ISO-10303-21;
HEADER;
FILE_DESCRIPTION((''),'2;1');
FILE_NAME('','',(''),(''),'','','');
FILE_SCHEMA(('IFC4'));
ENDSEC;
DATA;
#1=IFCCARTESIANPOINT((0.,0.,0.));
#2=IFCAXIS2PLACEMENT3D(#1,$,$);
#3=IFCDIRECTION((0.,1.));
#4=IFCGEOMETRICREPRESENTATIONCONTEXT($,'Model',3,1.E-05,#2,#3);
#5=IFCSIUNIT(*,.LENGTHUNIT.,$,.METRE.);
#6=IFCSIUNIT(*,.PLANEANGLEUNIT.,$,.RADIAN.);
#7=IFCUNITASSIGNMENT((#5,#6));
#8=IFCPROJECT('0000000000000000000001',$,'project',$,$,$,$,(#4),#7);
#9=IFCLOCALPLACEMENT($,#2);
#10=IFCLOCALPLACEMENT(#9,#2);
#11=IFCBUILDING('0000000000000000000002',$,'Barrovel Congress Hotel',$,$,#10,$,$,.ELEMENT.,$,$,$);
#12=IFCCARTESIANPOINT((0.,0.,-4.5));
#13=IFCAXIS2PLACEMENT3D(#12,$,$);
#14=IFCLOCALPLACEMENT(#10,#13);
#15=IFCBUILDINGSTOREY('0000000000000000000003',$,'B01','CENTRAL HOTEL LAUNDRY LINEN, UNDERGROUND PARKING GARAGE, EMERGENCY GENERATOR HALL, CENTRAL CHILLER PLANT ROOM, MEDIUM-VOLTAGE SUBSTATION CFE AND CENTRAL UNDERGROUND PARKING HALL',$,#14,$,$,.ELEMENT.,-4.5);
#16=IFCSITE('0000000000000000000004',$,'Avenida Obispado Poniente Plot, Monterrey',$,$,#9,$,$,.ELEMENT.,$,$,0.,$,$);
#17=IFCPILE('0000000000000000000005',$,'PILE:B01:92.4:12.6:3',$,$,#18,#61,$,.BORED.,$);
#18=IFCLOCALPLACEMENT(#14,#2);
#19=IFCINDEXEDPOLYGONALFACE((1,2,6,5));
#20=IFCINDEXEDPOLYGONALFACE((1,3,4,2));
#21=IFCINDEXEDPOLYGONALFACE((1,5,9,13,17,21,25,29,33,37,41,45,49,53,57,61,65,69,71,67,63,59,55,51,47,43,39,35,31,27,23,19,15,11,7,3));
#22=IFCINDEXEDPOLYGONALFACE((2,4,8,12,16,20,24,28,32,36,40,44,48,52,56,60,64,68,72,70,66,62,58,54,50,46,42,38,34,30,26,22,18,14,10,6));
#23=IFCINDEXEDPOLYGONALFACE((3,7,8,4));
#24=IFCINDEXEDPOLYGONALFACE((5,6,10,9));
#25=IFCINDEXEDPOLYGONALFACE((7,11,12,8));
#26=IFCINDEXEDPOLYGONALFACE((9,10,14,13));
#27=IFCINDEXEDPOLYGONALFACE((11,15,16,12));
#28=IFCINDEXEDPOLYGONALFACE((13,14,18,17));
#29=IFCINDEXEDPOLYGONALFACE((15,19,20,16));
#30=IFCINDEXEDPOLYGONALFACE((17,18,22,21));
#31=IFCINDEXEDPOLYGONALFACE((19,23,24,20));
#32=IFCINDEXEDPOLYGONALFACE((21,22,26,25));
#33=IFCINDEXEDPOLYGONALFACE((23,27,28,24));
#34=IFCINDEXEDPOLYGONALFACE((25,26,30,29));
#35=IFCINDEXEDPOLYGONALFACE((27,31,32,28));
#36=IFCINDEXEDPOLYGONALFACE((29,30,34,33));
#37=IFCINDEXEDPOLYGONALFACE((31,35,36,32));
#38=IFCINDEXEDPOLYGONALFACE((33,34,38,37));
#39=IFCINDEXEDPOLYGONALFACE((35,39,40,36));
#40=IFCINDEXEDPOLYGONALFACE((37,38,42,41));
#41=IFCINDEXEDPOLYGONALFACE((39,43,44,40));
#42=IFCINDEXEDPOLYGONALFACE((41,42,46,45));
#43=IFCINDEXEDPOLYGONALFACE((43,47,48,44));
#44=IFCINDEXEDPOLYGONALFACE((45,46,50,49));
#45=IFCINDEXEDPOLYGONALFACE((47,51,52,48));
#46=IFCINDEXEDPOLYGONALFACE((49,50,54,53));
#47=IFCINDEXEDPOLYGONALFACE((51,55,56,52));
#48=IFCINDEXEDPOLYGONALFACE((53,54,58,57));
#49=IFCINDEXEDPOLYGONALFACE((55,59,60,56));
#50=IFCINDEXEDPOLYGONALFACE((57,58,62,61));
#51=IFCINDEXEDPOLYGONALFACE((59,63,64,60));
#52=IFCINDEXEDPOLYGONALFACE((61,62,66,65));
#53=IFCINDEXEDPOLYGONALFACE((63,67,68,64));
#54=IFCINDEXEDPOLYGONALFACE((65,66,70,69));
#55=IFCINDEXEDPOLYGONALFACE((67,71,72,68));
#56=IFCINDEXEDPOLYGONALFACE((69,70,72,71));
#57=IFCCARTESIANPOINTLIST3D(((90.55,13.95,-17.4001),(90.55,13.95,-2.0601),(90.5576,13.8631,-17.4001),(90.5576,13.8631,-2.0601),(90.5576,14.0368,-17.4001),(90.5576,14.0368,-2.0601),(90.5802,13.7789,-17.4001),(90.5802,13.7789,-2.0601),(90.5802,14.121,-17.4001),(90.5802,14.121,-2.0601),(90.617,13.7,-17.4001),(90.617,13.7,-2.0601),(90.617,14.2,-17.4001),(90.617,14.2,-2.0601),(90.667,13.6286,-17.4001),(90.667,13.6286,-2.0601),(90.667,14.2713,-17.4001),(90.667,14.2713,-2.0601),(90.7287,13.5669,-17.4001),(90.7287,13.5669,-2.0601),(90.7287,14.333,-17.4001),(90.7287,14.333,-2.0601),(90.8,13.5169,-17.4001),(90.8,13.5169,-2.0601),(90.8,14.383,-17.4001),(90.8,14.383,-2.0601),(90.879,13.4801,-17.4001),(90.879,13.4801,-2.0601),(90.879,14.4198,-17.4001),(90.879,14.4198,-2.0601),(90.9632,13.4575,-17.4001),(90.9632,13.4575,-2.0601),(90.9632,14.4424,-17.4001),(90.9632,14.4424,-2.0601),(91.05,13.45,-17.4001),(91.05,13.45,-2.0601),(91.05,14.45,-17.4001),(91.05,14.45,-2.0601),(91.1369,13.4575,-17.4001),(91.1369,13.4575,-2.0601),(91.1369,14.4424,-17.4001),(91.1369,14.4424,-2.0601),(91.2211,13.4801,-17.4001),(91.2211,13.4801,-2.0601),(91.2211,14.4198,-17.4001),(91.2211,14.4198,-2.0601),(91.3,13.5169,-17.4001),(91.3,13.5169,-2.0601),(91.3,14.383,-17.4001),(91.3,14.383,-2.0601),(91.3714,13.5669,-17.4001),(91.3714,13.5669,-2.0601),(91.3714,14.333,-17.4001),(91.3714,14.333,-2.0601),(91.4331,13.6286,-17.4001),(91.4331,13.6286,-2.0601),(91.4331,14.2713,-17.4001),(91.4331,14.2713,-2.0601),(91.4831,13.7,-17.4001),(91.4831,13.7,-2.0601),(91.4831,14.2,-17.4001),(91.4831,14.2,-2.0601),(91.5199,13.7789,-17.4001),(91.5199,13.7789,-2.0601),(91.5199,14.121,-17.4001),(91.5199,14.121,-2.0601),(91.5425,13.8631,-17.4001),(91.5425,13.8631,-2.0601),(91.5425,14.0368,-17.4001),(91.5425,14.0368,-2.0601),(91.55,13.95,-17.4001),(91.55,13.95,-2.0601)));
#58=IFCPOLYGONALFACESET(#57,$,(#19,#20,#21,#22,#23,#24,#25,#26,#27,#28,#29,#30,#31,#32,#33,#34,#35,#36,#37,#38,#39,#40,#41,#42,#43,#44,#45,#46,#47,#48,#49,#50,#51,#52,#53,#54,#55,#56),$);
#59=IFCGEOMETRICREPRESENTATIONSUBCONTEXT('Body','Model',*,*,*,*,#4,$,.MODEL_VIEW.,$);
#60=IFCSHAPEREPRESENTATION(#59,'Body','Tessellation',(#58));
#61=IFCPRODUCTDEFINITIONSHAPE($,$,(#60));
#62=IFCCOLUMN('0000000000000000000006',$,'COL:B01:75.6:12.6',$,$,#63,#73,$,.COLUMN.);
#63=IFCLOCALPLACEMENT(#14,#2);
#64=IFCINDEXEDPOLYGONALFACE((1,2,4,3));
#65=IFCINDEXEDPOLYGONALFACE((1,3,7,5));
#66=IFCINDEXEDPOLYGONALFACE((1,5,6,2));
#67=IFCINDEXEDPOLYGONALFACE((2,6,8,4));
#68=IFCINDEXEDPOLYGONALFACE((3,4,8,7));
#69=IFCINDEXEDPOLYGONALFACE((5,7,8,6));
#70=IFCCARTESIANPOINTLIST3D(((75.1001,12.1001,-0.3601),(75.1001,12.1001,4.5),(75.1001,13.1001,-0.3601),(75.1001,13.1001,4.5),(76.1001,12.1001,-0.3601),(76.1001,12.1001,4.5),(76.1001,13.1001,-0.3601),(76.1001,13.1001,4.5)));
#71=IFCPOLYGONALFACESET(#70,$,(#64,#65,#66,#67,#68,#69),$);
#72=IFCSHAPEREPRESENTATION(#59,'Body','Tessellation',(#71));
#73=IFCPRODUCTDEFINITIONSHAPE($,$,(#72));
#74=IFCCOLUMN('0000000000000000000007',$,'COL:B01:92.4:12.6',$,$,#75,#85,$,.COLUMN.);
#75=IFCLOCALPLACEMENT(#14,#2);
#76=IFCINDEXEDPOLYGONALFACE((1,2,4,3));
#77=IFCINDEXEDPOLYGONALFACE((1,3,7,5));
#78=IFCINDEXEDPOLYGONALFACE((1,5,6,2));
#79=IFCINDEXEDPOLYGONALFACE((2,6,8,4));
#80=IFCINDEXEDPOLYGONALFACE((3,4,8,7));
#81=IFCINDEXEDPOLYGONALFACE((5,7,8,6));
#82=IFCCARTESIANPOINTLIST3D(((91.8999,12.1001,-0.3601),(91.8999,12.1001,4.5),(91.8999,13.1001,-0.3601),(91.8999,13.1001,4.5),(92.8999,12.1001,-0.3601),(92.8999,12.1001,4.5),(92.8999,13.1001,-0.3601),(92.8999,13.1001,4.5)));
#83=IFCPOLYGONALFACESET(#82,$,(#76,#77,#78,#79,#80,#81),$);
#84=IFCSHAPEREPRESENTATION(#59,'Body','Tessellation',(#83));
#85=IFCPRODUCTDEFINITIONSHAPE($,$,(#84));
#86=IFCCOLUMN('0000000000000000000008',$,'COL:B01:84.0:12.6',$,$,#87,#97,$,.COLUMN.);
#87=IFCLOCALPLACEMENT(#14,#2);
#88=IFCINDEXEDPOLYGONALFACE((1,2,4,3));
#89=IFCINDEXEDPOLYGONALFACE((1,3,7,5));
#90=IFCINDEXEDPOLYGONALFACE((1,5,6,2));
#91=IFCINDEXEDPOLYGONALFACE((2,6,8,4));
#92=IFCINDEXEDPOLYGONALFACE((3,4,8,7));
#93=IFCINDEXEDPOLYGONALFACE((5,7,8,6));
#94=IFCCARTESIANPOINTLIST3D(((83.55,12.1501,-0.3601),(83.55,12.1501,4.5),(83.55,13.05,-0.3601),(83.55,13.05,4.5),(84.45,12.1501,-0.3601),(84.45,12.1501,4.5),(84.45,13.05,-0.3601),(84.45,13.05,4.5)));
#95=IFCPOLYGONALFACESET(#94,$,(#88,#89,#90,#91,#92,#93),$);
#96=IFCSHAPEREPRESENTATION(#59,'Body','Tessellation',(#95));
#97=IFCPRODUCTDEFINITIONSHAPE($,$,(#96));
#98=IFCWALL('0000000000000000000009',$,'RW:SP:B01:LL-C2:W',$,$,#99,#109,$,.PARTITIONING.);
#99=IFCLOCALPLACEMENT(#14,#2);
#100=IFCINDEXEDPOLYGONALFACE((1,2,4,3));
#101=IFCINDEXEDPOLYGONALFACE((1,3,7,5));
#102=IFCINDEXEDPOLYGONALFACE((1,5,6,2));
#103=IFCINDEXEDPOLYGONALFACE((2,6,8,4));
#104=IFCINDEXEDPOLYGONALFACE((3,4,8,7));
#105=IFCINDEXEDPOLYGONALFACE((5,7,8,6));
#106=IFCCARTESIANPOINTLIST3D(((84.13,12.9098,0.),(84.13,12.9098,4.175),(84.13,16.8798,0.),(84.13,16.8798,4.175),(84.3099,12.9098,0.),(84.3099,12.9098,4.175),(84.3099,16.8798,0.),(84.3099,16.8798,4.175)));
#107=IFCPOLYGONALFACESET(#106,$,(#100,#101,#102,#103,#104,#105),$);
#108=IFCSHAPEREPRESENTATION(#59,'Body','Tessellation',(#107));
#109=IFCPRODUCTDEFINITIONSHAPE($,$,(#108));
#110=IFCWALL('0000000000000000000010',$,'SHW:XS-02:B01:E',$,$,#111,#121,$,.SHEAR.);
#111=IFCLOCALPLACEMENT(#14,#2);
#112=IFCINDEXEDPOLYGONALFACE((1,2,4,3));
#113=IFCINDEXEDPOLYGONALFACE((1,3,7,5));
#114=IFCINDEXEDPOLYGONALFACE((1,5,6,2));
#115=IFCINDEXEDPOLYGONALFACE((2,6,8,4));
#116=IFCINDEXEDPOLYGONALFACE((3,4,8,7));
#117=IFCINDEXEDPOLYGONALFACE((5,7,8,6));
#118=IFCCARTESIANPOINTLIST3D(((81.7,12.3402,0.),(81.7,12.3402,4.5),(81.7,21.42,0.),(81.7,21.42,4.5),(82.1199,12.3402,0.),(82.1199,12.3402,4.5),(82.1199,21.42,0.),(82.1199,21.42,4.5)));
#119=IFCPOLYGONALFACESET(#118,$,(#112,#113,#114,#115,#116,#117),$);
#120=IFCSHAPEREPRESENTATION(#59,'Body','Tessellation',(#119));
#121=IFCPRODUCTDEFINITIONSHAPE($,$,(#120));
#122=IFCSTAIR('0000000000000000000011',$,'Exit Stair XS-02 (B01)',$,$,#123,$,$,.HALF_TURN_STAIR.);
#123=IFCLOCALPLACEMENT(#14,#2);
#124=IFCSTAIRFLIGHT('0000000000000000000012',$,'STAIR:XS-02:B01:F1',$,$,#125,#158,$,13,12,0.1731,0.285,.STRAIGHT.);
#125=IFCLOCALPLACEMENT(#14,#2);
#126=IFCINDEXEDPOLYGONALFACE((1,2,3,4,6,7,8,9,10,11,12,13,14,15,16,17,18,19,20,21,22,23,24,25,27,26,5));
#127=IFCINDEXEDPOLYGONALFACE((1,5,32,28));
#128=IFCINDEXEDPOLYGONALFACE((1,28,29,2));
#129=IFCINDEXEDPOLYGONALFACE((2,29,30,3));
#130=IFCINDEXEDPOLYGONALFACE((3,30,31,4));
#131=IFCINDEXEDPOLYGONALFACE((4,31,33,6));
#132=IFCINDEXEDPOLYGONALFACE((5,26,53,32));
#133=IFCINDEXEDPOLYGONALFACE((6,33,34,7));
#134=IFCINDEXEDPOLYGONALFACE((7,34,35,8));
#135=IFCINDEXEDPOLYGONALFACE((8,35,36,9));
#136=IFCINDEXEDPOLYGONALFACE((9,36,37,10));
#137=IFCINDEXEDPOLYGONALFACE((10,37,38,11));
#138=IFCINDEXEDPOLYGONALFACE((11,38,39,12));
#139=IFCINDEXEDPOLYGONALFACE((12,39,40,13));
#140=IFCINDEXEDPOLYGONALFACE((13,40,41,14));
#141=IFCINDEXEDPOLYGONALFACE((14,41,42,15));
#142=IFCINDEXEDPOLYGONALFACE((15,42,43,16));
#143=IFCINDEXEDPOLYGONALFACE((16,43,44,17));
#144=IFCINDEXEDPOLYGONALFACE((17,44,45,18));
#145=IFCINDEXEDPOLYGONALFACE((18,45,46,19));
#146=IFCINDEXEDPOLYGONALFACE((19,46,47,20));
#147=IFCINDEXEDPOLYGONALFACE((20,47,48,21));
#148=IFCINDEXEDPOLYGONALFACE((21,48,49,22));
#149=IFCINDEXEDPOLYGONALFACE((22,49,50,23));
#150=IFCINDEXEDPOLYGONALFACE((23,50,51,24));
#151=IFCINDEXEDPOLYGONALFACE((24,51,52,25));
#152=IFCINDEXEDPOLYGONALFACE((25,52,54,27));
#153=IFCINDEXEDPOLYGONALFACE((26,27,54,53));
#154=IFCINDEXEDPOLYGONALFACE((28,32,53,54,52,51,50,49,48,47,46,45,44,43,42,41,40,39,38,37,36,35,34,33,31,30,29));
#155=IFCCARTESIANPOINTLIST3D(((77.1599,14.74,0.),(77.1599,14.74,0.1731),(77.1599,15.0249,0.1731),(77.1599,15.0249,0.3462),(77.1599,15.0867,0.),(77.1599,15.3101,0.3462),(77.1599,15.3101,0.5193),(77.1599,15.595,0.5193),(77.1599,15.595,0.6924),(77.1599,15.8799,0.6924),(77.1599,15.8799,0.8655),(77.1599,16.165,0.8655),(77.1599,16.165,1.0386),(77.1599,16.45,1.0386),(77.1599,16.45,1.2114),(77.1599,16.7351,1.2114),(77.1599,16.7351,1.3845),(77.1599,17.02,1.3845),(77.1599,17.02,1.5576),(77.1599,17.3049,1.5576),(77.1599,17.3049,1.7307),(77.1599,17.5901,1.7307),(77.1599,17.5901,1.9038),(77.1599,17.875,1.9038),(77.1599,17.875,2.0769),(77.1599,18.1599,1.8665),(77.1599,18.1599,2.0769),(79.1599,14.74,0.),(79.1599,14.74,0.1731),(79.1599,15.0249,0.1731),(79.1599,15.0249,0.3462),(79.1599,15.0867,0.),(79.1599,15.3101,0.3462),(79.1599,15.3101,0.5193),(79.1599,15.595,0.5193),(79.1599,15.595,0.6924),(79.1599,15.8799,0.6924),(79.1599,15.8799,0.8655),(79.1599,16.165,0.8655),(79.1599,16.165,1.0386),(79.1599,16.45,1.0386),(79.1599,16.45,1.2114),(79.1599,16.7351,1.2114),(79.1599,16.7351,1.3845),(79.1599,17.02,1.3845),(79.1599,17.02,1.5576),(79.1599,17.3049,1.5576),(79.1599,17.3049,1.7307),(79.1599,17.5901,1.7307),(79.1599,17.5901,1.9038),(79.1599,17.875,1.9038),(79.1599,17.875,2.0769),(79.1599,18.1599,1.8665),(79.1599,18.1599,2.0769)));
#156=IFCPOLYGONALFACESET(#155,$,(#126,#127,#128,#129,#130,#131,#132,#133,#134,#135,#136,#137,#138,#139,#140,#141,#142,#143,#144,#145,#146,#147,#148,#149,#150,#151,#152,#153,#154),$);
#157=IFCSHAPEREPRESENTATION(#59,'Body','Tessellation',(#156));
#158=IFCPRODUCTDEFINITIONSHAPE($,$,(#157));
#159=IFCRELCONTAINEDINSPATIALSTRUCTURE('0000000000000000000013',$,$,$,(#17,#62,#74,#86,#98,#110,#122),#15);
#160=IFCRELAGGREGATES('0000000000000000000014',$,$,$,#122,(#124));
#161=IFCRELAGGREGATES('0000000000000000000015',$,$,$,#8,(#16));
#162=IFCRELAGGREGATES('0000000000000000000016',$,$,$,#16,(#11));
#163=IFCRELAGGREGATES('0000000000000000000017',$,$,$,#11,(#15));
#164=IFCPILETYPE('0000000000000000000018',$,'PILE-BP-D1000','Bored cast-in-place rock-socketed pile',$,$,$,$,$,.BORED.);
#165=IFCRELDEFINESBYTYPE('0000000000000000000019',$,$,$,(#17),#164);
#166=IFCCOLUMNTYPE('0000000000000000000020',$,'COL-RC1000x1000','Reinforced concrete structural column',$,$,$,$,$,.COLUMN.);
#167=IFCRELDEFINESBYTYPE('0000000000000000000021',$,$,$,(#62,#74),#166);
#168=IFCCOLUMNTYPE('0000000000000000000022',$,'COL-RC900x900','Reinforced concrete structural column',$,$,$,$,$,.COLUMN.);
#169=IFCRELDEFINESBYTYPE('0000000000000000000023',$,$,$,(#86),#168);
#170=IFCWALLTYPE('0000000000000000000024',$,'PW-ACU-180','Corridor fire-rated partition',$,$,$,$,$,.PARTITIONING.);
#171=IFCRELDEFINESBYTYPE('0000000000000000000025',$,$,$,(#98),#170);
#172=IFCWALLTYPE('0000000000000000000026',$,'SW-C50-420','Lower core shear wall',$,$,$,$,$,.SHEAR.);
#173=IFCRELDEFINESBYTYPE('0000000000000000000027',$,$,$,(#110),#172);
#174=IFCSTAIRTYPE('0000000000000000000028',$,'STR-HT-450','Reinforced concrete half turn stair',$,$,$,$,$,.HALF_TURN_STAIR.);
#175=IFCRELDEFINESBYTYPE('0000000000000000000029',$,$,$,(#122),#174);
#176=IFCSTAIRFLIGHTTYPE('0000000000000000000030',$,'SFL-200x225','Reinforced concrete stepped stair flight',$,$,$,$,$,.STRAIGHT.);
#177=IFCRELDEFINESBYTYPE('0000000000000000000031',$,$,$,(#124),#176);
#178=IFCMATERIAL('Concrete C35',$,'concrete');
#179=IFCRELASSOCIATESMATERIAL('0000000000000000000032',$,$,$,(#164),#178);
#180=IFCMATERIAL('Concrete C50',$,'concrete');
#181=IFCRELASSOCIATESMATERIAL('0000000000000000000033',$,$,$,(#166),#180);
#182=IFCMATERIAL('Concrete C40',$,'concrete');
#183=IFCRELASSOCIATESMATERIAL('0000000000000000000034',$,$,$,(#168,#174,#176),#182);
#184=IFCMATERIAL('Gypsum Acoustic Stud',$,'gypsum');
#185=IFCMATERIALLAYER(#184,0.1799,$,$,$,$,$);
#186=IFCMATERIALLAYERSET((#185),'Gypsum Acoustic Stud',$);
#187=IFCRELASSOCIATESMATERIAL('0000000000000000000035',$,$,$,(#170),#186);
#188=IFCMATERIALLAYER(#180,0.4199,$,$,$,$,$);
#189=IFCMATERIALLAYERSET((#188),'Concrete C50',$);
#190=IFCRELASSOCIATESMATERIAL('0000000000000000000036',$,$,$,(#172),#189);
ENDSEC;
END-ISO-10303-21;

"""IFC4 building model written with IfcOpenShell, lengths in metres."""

from ifc_helpers import new_model, si_unit, direction, frame, frame_2d, origin, origin_2d, place, context, subcontext, project, spatial, polyline, rectangle, circle, outline, extrude, material, layer, layer_set, material_profile, profile_set, type_object, element, aggregate, save


model = new_model("IFC4")

# Units and contexts
model_context = context("Model", 3, precision=1e-05, world=origin(), true_north=direction((0.0, 1.0)))
body_context = subcontext(model_context, "Body", "Model", "MODEL_VIEW")
ifc_project = project(units=[si_unit("LENGTHUNIT", "METRE"), si_unit("PLANEANGLEUNIT", "RADIAN")], contexts=[model_context])

# Site, building, storey
site_placement = place(None, origin())
site = spatial("IfcSite", under=ifc_project, at=site_placement, Name="Avenida Obispado Poniente Plot, Monterrey", CompositionType="ELEMENT", RefElevation=0.0)
building_placement = place(site_placement, origin())
building = spatial("IfcBuilding", under=site, at=building_placement, Name="Barrovel Congress Hotel", CompositionType="ELEMENT")
storey_placement = place(building_placement, frame((0.0, 0.0, -4.5)))
storey = spatial("IfcBuildingStorey", under=building, at=storey_placement, Name="B01", Description="CENTRAL HOTEL LAUNDRY LINEN, UNDERGROUND PARKING GARAGE, EMERGENCY GENERATOR HALL, CENTRAL CHILLER PLANT ROOM, MEDIUM-VOLTAGE SUBSTATION CFE AND CENTRAL UNDERGROUND PARKING HALL", CompositionType="ELEMENT", Elevation=-4.5)

# Shared definitions
ifc_material_1 = material(Name="Concrete C40", Category="concrete")

# Pile
ifc_material_2 = material(Name="Concrete C35", Category="concrete")
ifc_material_profile_1 = material_profile(ifc_material_2, circle(Radius=0.5, at=origin_2d()), Name="BP-D1000")
ifc_profile_set_1 = profile_set([ifc_material_profile_1], Name="Concrete C35")
pile_type = type_object("IfcPileType", Name="PILE-BP-D1000", Description="Bored cast-in-place rock-socketed pile", PredefinedType="BORED", material=ifc_profile_set_1)
for number, where, z_axis, x_axis, name in (
    (1, (91.05, 13.95, -2.0601), (0.0, 0.0, -1.0), (1.0, 0.0, 0.0), "PILE:B01:92.4:12.6:3"),
):
    element("IfcPile", number, at=place(storey_placement, frame(where, z_axis=z_axis, x_axis=x_axis)), inside=storey, type_object=pile_type, Name=name, PredefinedType="BORED", context=body_context, shape_type="SweptSolid", body=[
        extrude(circle(Radius=0.5, at=origin_2d()), origin(), (0.0, 0.0, 1.0), 15.3401),
    ])

# Columns
ifc_material_3 = material(Name="Concrete C50", Category="concrete")
ifc_material_profile_2 = material_profile(ifc_material_3, rectangle(XDim=1.0, YDim=1.0, at=origin_2d()), Name="RC1000x1000")
ifc_profile_set_2 = profile_set([ifc_material_profile_2], Name="Concrete C50")
column_type_1 = type_object("IfcColumnType", Name="COL-RC1000x1000", Description="Reinforced concrete structural column", PredefinedType="COLUMN", material=ifc_profile_set_2)
for number, where, z_axis, x_axis, name in (
    (2, (75.6001, 12.6001, -0.3601), (0.0, 0.0, 1.0), (1.0, 0.0, 0.0), "COL:B01:75.6:12.6"),
    (3, (92.3999, 12.6001, -0.3601), (0.0, 0.0, 1.0), (1.0, 0.0, 0.0), "COL:B01:92.4:12.6"),
):
    element("IfcColumn", number, at=place(storey_placement, frame(where, z_axis=z_axis, x_axis=x_axis)), inside=storey, type_object=column_type_1, Name=name, PredefinedType="COLUMN", context=body_context, shape_type="SweptSolid", body=[
        extrude(rectangle(XDim=1.0, YDim=1.0, at=origin_2d()), origin(), (0.0, 0.0, 1.0), 4.8601),
    ])
ifc_material_profile_3 = material_profile(ifc_material_1, rectangle(XDim=0.8999, YDim=0.8999, at=origin_2d()), Name="RC900x900")
ifc_profile_set_3 = profile_set([ifc_material_profile_3], Name="Concrete C40")
column_type_2 = type_object("IfcColumnType", Name="COL-RC900x900", Description="Reinforced concrete structural column", PredefinedType="COLUMN", material=ifc_profile_set_3)
column_placement = place(storey_placement, frame((84.0, 12.6001, -0.3601), z_axis=(0.0, 0.0, 1.0), x_axis=(1.0, 0.0, 0.0)))
element("IfcColumn", 4, at=column_placement, inside=storey, type_object=column_type_2, Name="COL:B01:84.0:12.6", PredefinedType="COLUMN", context=body_context, shape_type="SweptSolid", body=[
    extrude(rectangle(XDim=0.8999, YDim=0.8999, at=origin_2d()), origin(), (0.0, 0.0, 1.0), 4.8601),
])

# Shared definitions
ifc_material_4 = material(Name="Gypsum Acoustic Stud", Category="gypsum")
ifc_layer_1 = layer(ifc_material_4, 0.1799)
ifc_layer_set_1 = layer_set([ifc_layer_1], Name="Gypsum Acoustic Stud")
wall_type_1 = type_object("IfcWallType", Name="PW-ACU-180", Description="Corridor fire-rated partition", PredefinedType="PARTITIONING", material=ifc_layer_set_1)

# Wall
wall_1_placement = place(storey_placement, frame((84.22, 12.9099, 0.0), z_axis=(0.0, 0.0, 1.0), x_axis=(0.0, 1.0, 0.0)))
element("IfcWall", 5, at=wall_1_placement, inside=storey, type_object=wall_type_1, Name="RW:SP:B01:LL-C2:W", PredefinedType="PARTITIONING", context=body_context, shape_type="SweptSolid", body=[
    extrude(rectangle(XDim=3.97, YDim=0.1799, at=frame_2d((1.9849, 0.0))), origin(), (0.0, 0.0, 1.0), 4.175),
])

# Shared definitions
ifc_layer_2 = layer(ifc_material_3, 0.4199)
ifc_layer_set_2 = layer_set([ifc_layer_2], Name="Concrete C50")
wall_type_2 = type_object("IfcWallType", Name="SW-C50-420", Description="Lower core shear wall", PredefinedType="SHEAR", material=ifc_layer_set_2)

# Wall
wall_2_placement = place(storey_placement, frame((81.9099, 12.3401, 0.0), z_axis=(0.0, 0.0, 1.0), x_axis=(0.0, 1.0, 0.0)))
element("IfcWall", 6, at=wall_2_placement, inside=storey, type_object=wall_type_2, Name="SHW:XS-02:B01:E", PredefinedType="SHEAR", context=body_context, shape_type="SweptSolid", body=[
    extrude(rectangle(XDim=9.0798, YDim=0.4199, at=frame_2d((4.54, 0.0))), origin(), (0.0, 0.0, 1.0), 4.5),
])

# Stair, stair flight
stair_type = type_object("IfcStairType", Name="STR-HT-450", Description="Reinforced concrete half turn stair", PredefinedType="HALF_TURN_STAIR", material=ifc_material_1)
stair_placement = place(storey_placement, origin())
stair = element("IfcStair", 7, at=stair_placement, inside=storey, type_object=stair_type, Name="Exit Stair XS-02 (B01)", PredefinedType="HALF_TURN_STAIR")
stair_flight_type = type_object("IfcStairFlightType", Name="SFL-200x225", Description="Reinforced concrete stepped stair flight", PredefinedType="STRAIGHT", material=ifc_material_1)
stair_flight_placement = place(storey_placement, frame((78.1599, 14.74, 0.0), z_axis=(0.0, 0.0, 1.0), x_axis=(0.0, 1.0, 0.0)))
stair_flight = element("IfcStairFlight", 8, at=stair_flight_placement, type_object=stair_flight_type, Name="STAIR:XS-02:B01:F1", NumberOfRisers=13, NumberOfTreads=12, PredefinedType="STRAIGHT", RiserHeight=0.1731, TreadLength=0.285, context=body_context, shape_type="SweptSolid", body=[
    extrude(outline(polyline([(0.0, 0.0), (0.0, 0.1731), (0.2849, 0.1731), (0.2849, 0.3462), (0.5701, 0.3462), (0.5701, 0.5193), (0.855, 0.5193), (0.855, 0.6924), (1.1399, 0.6924), (1.1399, 0.8655), (1.425, 0.8655), (1.425, 1.0386), (1.71, 1.0386), (1.71, 1.2114), (1.9951, 1.2114), (1.9951, 1.3845), (2.28, 1.3845), (2.28, 1.5576), (2.5649, 1.5576), (2.5649, 1.7307), (2.8501, 1.7307), (2.8501, 1.9038), (3.135, 1.9038), (3.135, 2.0769), (3.4199, 2.0769), (3.4199, 2.25), (3.4199, 1.8665), (0.3467, 0.0), (0.0, 0.0)])), frame((0.0, 1.0, 0.0), z_axis=(0.0, -1.0, 0.0), x_axis=(1.0, 0.0, 0.0)), (0.0, 0.0, 1.0), 2.0),
])
aggregate(stair, [stair_flight])

save(model, "model.ifc")
